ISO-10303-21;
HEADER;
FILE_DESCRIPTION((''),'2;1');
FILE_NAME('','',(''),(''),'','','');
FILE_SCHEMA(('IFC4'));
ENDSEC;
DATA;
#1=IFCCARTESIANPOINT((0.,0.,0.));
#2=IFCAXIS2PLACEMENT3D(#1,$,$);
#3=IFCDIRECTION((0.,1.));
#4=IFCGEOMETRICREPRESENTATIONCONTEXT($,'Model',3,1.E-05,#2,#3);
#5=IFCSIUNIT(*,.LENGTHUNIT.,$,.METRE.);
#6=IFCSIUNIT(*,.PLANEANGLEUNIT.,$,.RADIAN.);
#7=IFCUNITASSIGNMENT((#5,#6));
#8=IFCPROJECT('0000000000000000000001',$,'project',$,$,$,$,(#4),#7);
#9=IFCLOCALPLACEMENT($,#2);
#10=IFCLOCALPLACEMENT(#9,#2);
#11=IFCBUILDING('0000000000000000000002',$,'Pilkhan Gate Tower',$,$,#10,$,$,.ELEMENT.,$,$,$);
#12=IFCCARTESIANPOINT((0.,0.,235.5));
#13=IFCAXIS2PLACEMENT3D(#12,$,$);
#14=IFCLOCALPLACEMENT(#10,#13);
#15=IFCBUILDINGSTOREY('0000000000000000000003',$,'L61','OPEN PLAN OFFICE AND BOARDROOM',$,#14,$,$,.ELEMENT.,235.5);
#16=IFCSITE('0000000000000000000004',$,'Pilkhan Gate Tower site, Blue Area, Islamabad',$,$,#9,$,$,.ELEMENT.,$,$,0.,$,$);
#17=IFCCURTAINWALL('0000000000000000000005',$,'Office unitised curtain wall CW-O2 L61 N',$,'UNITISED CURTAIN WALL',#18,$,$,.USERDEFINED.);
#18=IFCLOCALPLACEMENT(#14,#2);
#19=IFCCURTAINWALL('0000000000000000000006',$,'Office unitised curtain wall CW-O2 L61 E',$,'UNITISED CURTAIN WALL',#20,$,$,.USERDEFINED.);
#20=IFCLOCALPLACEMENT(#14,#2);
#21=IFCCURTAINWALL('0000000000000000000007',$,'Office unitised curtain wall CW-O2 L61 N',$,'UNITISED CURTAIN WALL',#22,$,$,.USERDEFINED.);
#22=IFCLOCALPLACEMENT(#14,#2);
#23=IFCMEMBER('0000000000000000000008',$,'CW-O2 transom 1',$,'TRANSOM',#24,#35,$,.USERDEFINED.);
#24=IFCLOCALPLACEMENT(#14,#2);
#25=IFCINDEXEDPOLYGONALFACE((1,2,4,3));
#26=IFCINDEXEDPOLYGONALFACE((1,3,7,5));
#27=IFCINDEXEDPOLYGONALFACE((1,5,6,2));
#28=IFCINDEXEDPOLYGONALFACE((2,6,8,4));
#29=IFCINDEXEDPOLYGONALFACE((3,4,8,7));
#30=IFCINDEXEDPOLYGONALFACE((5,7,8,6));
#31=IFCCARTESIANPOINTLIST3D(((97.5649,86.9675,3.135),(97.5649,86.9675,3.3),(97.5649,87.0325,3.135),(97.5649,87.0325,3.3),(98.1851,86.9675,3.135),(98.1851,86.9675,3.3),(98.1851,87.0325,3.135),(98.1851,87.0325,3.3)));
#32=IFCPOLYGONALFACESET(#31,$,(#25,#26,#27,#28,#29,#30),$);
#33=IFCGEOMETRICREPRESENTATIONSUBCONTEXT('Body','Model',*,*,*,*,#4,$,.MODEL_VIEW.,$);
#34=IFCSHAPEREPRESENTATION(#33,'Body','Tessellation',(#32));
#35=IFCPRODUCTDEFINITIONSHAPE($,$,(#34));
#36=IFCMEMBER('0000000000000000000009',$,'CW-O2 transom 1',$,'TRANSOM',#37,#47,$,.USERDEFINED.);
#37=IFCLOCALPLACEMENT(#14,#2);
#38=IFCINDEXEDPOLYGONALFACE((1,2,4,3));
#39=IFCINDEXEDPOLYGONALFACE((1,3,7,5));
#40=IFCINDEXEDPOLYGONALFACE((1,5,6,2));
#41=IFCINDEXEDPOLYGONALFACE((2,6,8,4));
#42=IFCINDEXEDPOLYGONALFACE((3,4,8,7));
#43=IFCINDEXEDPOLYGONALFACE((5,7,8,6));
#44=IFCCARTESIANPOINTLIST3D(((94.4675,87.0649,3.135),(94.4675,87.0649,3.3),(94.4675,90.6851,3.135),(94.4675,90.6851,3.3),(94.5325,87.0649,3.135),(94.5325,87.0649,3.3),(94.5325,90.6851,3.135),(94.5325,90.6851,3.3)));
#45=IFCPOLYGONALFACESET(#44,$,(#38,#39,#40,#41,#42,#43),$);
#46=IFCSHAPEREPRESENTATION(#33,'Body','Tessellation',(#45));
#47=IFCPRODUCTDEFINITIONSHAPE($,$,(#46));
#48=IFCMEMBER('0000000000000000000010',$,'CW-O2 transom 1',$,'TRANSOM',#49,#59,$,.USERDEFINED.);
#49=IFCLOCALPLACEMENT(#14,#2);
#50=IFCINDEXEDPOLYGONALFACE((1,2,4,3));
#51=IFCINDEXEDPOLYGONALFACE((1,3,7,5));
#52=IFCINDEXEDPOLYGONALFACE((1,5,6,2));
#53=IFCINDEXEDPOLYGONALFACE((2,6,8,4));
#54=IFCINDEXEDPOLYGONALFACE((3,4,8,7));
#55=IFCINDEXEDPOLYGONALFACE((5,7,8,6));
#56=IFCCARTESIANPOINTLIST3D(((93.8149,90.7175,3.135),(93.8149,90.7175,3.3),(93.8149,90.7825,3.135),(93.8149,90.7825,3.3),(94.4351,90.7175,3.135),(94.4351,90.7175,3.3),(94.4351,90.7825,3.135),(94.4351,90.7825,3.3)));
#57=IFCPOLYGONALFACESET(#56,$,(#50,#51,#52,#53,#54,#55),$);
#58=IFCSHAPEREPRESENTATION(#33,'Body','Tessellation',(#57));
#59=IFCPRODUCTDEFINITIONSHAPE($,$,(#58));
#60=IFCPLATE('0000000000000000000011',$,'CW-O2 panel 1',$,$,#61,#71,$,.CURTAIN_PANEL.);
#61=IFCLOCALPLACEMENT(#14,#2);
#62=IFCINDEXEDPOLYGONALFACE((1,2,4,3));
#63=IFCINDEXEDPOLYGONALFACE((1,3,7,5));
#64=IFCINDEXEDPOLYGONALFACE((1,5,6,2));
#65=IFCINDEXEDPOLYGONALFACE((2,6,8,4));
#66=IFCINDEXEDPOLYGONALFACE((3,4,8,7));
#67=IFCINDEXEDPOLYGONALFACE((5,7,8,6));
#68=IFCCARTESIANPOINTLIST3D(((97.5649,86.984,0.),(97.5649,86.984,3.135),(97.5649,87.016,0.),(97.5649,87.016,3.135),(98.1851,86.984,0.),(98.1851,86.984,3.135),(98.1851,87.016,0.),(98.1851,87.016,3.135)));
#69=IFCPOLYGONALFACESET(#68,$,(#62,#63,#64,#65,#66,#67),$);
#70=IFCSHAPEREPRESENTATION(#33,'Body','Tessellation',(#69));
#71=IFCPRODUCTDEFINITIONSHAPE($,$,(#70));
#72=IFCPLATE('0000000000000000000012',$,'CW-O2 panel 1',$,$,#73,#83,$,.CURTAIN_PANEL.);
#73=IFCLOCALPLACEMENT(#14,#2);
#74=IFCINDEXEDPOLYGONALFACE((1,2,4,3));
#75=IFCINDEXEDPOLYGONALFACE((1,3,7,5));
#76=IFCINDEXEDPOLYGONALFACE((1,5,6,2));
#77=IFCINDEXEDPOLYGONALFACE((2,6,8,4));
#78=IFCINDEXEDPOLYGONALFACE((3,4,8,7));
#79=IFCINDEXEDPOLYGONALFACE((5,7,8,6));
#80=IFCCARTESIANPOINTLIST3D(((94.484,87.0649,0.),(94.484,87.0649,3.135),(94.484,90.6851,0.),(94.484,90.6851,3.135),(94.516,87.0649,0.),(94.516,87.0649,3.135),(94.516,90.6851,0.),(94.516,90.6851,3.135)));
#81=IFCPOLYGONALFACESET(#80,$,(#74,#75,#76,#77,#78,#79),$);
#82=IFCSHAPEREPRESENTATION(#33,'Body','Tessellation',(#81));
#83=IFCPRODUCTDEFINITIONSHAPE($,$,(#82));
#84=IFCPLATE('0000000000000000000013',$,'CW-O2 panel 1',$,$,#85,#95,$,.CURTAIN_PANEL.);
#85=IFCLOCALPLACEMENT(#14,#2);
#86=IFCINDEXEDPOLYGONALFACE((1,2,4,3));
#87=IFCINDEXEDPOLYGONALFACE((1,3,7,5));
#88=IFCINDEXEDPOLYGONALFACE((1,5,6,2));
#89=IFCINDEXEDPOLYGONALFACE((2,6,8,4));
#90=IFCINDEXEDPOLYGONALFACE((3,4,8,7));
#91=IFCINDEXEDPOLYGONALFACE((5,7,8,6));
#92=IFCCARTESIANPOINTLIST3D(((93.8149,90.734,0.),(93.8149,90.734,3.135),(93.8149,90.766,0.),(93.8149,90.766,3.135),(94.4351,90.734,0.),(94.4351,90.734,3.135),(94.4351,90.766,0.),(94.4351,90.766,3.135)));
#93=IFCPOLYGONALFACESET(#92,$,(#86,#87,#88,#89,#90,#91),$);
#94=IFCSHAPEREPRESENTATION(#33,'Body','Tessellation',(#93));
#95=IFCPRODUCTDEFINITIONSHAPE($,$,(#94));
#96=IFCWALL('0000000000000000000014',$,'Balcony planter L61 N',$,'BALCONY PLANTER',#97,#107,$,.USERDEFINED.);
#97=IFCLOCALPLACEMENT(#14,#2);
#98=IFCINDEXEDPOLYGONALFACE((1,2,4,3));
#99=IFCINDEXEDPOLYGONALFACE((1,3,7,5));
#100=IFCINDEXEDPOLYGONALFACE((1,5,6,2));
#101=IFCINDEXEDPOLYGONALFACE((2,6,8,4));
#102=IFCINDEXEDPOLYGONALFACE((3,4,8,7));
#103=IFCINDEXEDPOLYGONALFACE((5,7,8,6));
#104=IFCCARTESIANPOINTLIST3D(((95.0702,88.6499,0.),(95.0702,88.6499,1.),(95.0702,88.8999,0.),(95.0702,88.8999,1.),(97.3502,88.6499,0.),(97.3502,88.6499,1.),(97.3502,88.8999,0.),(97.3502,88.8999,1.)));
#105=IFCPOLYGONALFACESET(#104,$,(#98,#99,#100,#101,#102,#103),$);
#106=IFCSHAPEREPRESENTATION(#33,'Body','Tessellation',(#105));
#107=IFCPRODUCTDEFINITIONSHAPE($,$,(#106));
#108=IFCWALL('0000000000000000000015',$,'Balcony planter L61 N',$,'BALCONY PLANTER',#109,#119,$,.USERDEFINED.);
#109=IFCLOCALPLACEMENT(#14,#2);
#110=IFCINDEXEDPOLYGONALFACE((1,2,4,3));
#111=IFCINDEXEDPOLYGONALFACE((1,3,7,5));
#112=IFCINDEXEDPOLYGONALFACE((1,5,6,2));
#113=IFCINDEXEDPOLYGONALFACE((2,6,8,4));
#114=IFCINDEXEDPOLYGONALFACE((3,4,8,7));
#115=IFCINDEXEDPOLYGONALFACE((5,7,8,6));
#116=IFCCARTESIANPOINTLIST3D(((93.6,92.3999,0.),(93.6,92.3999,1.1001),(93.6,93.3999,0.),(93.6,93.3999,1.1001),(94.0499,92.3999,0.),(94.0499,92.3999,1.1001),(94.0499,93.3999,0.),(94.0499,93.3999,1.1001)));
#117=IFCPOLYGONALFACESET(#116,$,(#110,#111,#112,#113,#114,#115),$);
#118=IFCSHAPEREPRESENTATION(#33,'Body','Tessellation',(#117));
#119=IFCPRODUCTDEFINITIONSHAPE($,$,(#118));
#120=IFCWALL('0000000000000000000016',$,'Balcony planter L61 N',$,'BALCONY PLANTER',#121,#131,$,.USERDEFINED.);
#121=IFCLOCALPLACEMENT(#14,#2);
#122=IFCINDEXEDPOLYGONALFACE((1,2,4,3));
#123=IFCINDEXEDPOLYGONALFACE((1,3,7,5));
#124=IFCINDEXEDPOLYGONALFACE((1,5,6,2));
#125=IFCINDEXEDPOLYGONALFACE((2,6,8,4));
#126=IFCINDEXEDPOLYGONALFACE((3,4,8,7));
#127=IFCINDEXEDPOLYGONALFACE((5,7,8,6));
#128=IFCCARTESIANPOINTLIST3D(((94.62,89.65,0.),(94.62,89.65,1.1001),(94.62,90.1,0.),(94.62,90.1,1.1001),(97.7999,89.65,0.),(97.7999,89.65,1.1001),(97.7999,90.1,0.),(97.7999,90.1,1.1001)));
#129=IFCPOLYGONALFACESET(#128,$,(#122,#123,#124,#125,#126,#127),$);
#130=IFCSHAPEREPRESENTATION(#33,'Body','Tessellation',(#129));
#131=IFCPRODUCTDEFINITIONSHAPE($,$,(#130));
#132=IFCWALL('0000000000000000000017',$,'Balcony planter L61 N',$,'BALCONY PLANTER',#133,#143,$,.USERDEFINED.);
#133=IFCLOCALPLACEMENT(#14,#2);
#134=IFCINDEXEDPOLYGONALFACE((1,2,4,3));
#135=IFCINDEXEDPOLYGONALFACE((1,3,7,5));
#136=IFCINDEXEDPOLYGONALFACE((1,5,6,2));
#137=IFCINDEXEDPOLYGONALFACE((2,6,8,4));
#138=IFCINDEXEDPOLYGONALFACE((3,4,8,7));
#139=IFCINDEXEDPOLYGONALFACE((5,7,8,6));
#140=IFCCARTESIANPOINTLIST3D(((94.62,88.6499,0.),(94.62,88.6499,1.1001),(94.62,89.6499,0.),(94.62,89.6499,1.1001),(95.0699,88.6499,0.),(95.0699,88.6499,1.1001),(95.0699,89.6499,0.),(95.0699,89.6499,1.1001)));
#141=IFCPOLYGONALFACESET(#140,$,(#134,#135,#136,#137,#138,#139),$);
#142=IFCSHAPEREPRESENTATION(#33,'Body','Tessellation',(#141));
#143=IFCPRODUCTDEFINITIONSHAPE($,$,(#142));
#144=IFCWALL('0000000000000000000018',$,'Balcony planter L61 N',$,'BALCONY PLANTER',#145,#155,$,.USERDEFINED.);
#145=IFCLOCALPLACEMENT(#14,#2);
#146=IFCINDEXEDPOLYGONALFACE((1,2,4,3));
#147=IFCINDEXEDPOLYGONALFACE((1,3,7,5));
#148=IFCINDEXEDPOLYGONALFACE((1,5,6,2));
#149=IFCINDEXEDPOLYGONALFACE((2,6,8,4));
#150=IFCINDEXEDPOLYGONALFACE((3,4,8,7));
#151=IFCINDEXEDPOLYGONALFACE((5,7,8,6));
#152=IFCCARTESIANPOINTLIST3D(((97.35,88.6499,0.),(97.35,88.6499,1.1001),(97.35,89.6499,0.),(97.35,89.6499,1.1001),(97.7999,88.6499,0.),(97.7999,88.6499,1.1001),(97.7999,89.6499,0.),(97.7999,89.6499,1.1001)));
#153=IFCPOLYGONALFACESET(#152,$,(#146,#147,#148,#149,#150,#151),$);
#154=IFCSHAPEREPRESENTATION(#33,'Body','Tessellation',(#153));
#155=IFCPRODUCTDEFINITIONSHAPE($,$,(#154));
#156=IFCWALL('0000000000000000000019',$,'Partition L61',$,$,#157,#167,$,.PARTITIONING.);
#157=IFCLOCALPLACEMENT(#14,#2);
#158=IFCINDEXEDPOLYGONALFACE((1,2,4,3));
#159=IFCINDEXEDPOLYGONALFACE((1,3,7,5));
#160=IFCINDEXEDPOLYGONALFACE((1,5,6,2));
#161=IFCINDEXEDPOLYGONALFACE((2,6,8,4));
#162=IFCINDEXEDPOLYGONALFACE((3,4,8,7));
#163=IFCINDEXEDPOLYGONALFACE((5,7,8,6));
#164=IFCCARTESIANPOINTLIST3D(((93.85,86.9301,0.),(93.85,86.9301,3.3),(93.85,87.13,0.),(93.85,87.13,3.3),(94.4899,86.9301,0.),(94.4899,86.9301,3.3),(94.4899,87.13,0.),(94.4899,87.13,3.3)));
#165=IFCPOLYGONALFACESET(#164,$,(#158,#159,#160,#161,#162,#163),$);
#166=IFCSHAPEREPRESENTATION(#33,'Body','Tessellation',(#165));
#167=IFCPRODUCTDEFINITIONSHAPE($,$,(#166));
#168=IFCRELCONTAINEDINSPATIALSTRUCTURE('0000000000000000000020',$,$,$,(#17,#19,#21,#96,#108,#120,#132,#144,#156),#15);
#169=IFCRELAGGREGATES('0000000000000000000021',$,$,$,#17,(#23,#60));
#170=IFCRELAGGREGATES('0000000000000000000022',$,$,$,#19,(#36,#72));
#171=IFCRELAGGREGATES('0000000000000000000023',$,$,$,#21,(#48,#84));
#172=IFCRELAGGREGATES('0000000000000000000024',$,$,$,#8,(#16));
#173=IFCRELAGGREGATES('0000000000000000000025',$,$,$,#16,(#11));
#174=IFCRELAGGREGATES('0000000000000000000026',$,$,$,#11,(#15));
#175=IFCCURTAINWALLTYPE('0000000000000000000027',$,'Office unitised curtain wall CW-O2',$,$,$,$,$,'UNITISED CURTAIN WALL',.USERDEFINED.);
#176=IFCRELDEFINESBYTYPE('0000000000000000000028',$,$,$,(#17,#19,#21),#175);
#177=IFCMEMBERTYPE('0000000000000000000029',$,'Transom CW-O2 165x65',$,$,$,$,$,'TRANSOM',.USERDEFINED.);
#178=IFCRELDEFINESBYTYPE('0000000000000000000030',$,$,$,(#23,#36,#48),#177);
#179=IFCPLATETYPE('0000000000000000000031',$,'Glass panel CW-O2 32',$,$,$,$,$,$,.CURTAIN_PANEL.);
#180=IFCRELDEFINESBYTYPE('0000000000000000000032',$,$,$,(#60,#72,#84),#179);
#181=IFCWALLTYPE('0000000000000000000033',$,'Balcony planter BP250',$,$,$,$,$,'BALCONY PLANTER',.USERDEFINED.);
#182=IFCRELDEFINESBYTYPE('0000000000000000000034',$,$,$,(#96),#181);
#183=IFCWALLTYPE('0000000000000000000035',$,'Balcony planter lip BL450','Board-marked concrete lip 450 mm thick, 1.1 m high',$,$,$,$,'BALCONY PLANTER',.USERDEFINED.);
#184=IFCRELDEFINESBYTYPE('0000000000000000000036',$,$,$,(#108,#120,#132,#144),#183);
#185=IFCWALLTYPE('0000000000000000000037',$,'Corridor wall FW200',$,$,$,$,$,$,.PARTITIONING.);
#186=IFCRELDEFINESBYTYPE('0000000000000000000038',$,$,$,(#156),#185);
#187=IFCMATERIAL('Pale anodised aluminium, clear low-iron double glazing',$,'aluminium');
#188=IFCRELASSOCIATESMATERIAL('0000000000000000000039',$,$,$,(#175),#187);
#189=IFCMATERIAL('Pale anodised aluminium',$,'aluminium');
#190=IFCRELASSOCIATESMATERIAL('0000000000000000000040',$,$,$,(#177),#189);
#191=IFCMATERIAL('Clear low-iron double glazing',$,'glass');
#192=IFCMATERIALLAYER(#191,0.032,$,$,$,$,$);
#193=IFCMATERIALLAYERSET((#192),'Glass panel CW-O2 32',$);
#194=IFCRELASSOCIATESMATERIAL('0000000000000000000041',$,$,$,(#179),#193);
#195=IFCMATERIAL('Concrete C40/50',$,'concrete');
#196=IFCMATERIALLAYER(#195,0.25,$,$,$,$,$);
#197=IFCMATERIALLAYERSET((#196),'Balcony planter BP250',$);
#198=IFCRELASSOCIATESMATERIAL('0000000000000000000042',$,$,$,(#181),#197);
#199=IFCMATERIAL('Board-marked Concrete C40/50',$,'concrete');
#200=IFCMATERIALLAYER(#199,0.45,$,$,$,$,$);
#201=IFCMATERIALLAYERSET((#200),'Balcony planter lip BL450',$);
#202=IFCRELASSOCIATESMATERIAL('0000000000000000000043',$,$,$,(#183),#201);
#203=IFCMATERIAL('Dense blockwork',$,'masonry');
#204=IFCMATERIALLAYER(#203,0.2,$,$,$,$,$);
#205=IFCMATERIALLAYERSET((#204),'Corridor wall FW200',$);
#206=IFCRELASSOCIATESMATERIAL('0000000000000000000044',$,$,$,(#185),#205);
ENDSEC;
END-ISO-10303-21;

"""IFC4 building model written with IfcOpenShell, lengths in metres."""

from ifc_helpers import new_model, si_unit, direction, frame, frame_2d, origin, origin_2d, place, context, subcontext, project, spatial, rectangle, extrude, material, layer, layer_set, material_profile, profile_set, type_object, element, aggregate, save


model = new_model("IFC4")

# Units and contexts
model_context = context("Model", 3, precision=1e-05, world=origin(), true_north=direction((0.0, 1.0)))
body_context = subcontext(model_context, "Body", "Model", "MODEL_VIEW")
ifc_project = project(units=[si_unit("LENGTHUNIT", "METRE"), si_unit("PLANEANGLEUNIT", "RADIAN")], contexts=[model_context])

# Site, building, storey
site_placement = place(None, origin())
site = spatial("IfcSite", under=ifc_project, at=site_placement, Name="Pilkhan Gate Tower site, Blue Area, Islamabad", CompositionType="ELEMENT", RefElevation=0.0)
building_placement = place(site_placement, origin())
building = spatial("IfcBuilding", under=site, at=building_placement, Name="Pilkhan Gate Tower", CompositionType="ELEMENT")
storey_placement = place(building_placement, frame((0.0, 0.0, 235.5)))
storey = spatial("IfcBuildingStorey", under=building, at=storey_placement, Name="L61", Description="OPEN PLAN OFFICE AND BOARDROOM", CompositionType="ELEMENT", Elevation=235.5)

# Shared definitions
ifc_material_1 = material(Name="Pale anodised aluminium, clear low-iron double glazing", Category="aluminium")
curtain_wall_type = type_object("IfcCurtainWallType", Name="Office unitised curtain wall CW-O2", ElementType="UNITISED CURTAIN WALL", PredefinedType="USERDEFINED", material=ifc_material_1)
ifc_material_2 = material(Name="Pale anodised aluminium", Category="aluminium")

# Curtain walls
curtain_wall_1_placement = place(storey_placement, origin())
curtain_wall_1 = element("IfcCurtainWall", 1, at=curtain_wall_1_placement, inside=storey, type_object=curtain_wall_type, Name="Office unitised curtain wall CW-O2 L61 N", ObjectType="UNITISED CURTAIN WALL", PredefinedType="USERDEFINED")
curtain_wall_2_placement = place(storey_placement, origin())
curtain_wall_2 = element("IfcCurtainWall", 2, at=curtain_wall_2_placement, inside=storey, type_object=curtain_wall_type, Name="Office unitised curtain wall CW-O2 L61 E", ObjectType="UNITISED CURTAIN WALL", PredefinedType="USERDEFINED")
curtain_wall_3_placement = place(storey_placement, origin())
curtain_wall_3 = element("IfcCurtainWall", 3, at=curtain_wall_3_placement, inside=storey, type_object=curtain_wall_type, Name="Office unitised curtain wall CW-O2 L61 N", ObjectType="UNITISED CURTAIN WALL", PredefinedType="USERDEFINED")

# Members
ifc_material_profile_1 = material_profile(ifc_material_2, rectangle(XDim=0.0649, YDim=0.165, at=origin_2d()), Name="Transom 165x65")
ifc_profile_set_1 = profile_set([ifc_material_profile_1], Name="Pale anodised aluminium")
member_type_1 = type_object("IfcMemberType", Name="Transom CW-O2 165x65", ElementType="TRANSOM", PredefinedType="USERDEFINED", material=ifc_profile_set_1)
member_1_placement = place(storey_placement, frame((97.5649, 87.0, 3.2175), z_axis=(1.0, 0.0, 0.0), x_axis=(0.0, 1.0, 0.0)))
member_1 = element("IfcMember", 4, at=member_1_placement, type_object=member_type_1, Name="CW-O2 transom 1", ObjectType="TRANSOM", PredefinedType="USERDEFINED", context=body_context, shape_type="SweptSolid", body=[
    extrude(rectangle(XDim=0.0649, YDim=0.165, at=origin_2d()), origin(), (0.0, 0.0, 1.0), 0.6201),
])
member_2_placement = place(storey_placement, frame((94.5, 87.0649, 3.2175), z_axis=(0.0, 1.0, 0.0), x_axis=(-1.0, 0.0, 0.0)))
member_2 = element("IfcMember", 5, at=member_2_placement, type_object=member_type_1, Name="CW-O2 transom 1", ObjectType="TRANSOM", PredefinedType="USERDEFINED", context=body_context, shape_type="SweptSolid", body=[
    extrude(rectangle(XDim=0.0649, YDim=0.165, at=origin_2d()), origin(), (0.0, 0.0, 1.0), 3.6201),
])
member_3_placement = place(storey_placement, frame((93.8149, 90.75, 3.2175), z_axis=(1.0, 0.0, 0.0), x_axis=(0.0, 1.0, 0.0)))
member_3 = element("IfcMember", 6, at=member_3_placement, type_object=member_type_1, Name="CW-O2 transom 1", ObjectType="TRANSOM", PredefinedType="USERDEFINED", context=body_context, shape_type="SweptSolid", body=[
    extrude(rectangle(XDim=0.0649, YDim=0.165, at=origin_2d()), origin(), (0.0, 0.0, 1.0), 0.6201),
])

# Plates
ifc_material_3 = material(Name="Clear low-iron double glazing", Category="glass")
ifc_layer_1 = layer(ifc_material_3, 0.032)
ifc_layer_set_1 = layer_set([ifc_layer_1], Name="Glass panel CW-O2 32")
plate_type = type_object("IfcPlateType", Name="Glass panel CW-O2 32", PredefinedType="CURTAIN_PANEL", material=ifc_layer_set_1)
plate_1_placement = place(storey_placement, frame((97.875, 87.0, 0.0), z_axis=(0.0, 0.0, 1.0), x_axis=(1.0, 0.0, 0.0)))
plate_1 = element("IfcPlate", 7, at=plate_1_placement, type_object=plate_type, Name="CW-O2 panel 1", PredefinedType="CURTAIN_PANEL", context=body_context, shape_type="SweptSolid", body=[
    extrude(rectangle(XDim=0.6201, YDim=0.032, at=origin_2d()), origin(), (0.0, 0.0, 1.0), 3.135),
])
aggregate(curtain_wall_1, [member_1, plate_1])
plate_2_placement = place(storey_placement, frame((94.5, 88.875, 0.0), z_axis=(0.0, 0.0, 1.0), x_axis=(0.0, 1.0, 0.0)))
plate_2 = element("IfcPlate", 8, at=plate_2_placement, type_object=plate_type, Name="CW-O2 panel 1", PredefinedType="CURTAIN_PANEL", context=body_context, shape_type="SweptSolid", body=[
    extrude(rectangle(XDim=3.6201, YDim=0.032, at=origin_2d()), origin(), (0.0, 0.0, 1.0), 3.135),
])
aggregate(curtain_wall_2, [member_2, plate_2])
plate_3_placement = place(storey_placement, frame((94.125, 90.75, 0.0), z_axis=(0.0, 0.0, 1.0), x_axis=(1.0, 0.0, 0.0)))
plate_3 = element("IfcPlate", 9, at=plate_3_placement, type_object=plate_type, Name="CW-O2 panel 1", PredefinedType="CURTAIN_PANEL", context=body_context, shape_type="SweptSolid", body=[
    extrude(rectangle(XDim=0.6201, YDim=0.032, at=origin_2d()), origin(), (0.0, 0.0, 1.0), 3.135),
])
aggregate(curtain_wall_3, [member_3, plate_3])

# Walls
ifc_material_4 = material(Name="Concrete C40/50", Category="concrete")
ifc_layer_2 = layer(ifc_material_4, 0.25)
ifc_layer_set_2 = layer_set([ifc_layer_2], Name="Balcony planter BP250")
wall_type_1 = type_object("IfcWallType", Name="Balcony planter BP250", ElementType="BALCONY PLANTER", PredefinedType="USERDEFINED", material=ifc_layer_set_2)
wall_1_placement = place(storey_placement, frame((95.0701, 88.7749, 0.0), z_axis=(0.0, 0.0, 1.0), x_axis=(1.0, 0.0, 0.0)))
element("IfcWall", 10, at=wall_1_placement, inside=storey, type_object=wall_type_1, Name="Balcony planter L61 N", ObjectType="BALCONY PLANTER", PredefinedType="USERDEFINED", context=body_context, shape_type="SweptSolid", body=[
    extrude(rectangle(XDim=2.28, YDim=0.25, at=frame_2d((1.1401, 0.0))), origin(), (0.0, 0.0, 1.0), 1.0),
])
ifc_material_5 = material(Name="Board-marked Concrete C40/50", Category="concrete")
ifc_layer_3 = layer(ifc_material_5, 0.45)
ifc_layer_set_3 = layer_set([ifc_layer_3], Name="Balcony planter lip BL450")
wall_type_2 = type_object("IfcWallType", Name="Balcony planter lip BL450", Description="Board-marked concrete lip 450 mm thick, 1.1 m high", ElementType="BALCONY PLANTER", PredefinedType="USERDEFINED", material=ifc_layer_set_3)
wall_2_placement = place(storey_placement, frame((93.825, 92.3999, 0.0), z_axis=(0.0, 0.0, 1.0), x_axis=(0.0, 1.0, 0.0)))
element("IfcWall", 11, at=wall_2_placement, inside=storey, type_object=wall_type_2, Name="Balcony planter L61 N", ObjectType="BALCONY PLANTER", PredefinedType="USERDEFINED", context=body_context, shape_type="SweptSolid", body=[
    extrude(rectangle(XDim=1.0, YDim=0.45, at=frame_2d((0.5, 0.0))), origin(), (0.0, 0.0, 1.0), 1.1001),
])
wall_3_placement = place(storey_placement, frame((94.6201, 89.875, 0.0), z_axis=(0.0, 0.0, 1.0), x_axis=(1.0, 0.0, 0.0)))
element("IfcWall", 12, at=wall_3_placement, inside=storey, type_object=wall_type_2, Name="Balcony planter L61 N", ObjectType="BALCONY PLANTER", PredefinedType="USERDEFINED", context=body_context, shape_type="SweptSolid", body=[
    extrude(rectangle(XDim=3.1799, YDim=0.45, at=frame_2d((1.5898, 0.0))), origin(), (0.0, 0.0, 1.0), 1.1001),
])
for number, where, z_axis, x_axis, name in (
    (13, (94.845, 88.6499, 0.0), (0.0, 0.0, 1.0), (0.0, 1.0, 0.0), "Balcony planter L61 N"),
    (14, (97.575, 88.6499, 0.0), (0.0, 0.0, 1.0), (0.0, 1.0, 0.0), "Balcony planter L61 N"),
):
    element("IfcWall", number, at=place(storey_placement, frame(where, z_axis=z_axis, x_axis=x_axis)), inside=storey, type_object=wall_type_2, Name=name, ObjectType="BALCONY PLANTER", PredefinedType="USERDEFINED", context=body_context, shape_type="SweptSolid", body=[
        extrude(rectangle(XDim=1.0, YDim=0.45, at=frame_2d((0.5, 0.0))), origin(), (0.0, 0.0, 1.0), 1.1001),
    ])
ifc_material_6 = material(Name="Dense blockwork", Category="masonry")
ifc_layer_4 = layer(ifc_material_6, 0.2)
ifc_layer_set_4 = layer_set([ifc_layer_4], Name="Corridor wall FW200")
wall_type_3 = type_object("IfcWallType", Name="Corridor wall FW200", PredefinedType="PARTITIONING", material=ifc_layer_set_4)
wall_4_placement = place(storey_placement, frame((93.8501, 87.03, 0.0), z_axis=(0.0, 0.0, 1.0), x_axis=(1.0, 0.0, 0.0)))
element("IfcWall", 15, at=wall_4_placement, inside=storey, type_object=wall_type_3, Name="Partition L61", PredefinedType="PARTITIONING", context=body_context, shape_type="SweptSolid", body=[
    extrude(rectangle(XDim=0.6399, YDim=0.2, at=frame_2d((0.3198, 0.0))), origin(), (0.0, 0.0, 1.0), 3.3),
])

save(model, "model.ifc")
